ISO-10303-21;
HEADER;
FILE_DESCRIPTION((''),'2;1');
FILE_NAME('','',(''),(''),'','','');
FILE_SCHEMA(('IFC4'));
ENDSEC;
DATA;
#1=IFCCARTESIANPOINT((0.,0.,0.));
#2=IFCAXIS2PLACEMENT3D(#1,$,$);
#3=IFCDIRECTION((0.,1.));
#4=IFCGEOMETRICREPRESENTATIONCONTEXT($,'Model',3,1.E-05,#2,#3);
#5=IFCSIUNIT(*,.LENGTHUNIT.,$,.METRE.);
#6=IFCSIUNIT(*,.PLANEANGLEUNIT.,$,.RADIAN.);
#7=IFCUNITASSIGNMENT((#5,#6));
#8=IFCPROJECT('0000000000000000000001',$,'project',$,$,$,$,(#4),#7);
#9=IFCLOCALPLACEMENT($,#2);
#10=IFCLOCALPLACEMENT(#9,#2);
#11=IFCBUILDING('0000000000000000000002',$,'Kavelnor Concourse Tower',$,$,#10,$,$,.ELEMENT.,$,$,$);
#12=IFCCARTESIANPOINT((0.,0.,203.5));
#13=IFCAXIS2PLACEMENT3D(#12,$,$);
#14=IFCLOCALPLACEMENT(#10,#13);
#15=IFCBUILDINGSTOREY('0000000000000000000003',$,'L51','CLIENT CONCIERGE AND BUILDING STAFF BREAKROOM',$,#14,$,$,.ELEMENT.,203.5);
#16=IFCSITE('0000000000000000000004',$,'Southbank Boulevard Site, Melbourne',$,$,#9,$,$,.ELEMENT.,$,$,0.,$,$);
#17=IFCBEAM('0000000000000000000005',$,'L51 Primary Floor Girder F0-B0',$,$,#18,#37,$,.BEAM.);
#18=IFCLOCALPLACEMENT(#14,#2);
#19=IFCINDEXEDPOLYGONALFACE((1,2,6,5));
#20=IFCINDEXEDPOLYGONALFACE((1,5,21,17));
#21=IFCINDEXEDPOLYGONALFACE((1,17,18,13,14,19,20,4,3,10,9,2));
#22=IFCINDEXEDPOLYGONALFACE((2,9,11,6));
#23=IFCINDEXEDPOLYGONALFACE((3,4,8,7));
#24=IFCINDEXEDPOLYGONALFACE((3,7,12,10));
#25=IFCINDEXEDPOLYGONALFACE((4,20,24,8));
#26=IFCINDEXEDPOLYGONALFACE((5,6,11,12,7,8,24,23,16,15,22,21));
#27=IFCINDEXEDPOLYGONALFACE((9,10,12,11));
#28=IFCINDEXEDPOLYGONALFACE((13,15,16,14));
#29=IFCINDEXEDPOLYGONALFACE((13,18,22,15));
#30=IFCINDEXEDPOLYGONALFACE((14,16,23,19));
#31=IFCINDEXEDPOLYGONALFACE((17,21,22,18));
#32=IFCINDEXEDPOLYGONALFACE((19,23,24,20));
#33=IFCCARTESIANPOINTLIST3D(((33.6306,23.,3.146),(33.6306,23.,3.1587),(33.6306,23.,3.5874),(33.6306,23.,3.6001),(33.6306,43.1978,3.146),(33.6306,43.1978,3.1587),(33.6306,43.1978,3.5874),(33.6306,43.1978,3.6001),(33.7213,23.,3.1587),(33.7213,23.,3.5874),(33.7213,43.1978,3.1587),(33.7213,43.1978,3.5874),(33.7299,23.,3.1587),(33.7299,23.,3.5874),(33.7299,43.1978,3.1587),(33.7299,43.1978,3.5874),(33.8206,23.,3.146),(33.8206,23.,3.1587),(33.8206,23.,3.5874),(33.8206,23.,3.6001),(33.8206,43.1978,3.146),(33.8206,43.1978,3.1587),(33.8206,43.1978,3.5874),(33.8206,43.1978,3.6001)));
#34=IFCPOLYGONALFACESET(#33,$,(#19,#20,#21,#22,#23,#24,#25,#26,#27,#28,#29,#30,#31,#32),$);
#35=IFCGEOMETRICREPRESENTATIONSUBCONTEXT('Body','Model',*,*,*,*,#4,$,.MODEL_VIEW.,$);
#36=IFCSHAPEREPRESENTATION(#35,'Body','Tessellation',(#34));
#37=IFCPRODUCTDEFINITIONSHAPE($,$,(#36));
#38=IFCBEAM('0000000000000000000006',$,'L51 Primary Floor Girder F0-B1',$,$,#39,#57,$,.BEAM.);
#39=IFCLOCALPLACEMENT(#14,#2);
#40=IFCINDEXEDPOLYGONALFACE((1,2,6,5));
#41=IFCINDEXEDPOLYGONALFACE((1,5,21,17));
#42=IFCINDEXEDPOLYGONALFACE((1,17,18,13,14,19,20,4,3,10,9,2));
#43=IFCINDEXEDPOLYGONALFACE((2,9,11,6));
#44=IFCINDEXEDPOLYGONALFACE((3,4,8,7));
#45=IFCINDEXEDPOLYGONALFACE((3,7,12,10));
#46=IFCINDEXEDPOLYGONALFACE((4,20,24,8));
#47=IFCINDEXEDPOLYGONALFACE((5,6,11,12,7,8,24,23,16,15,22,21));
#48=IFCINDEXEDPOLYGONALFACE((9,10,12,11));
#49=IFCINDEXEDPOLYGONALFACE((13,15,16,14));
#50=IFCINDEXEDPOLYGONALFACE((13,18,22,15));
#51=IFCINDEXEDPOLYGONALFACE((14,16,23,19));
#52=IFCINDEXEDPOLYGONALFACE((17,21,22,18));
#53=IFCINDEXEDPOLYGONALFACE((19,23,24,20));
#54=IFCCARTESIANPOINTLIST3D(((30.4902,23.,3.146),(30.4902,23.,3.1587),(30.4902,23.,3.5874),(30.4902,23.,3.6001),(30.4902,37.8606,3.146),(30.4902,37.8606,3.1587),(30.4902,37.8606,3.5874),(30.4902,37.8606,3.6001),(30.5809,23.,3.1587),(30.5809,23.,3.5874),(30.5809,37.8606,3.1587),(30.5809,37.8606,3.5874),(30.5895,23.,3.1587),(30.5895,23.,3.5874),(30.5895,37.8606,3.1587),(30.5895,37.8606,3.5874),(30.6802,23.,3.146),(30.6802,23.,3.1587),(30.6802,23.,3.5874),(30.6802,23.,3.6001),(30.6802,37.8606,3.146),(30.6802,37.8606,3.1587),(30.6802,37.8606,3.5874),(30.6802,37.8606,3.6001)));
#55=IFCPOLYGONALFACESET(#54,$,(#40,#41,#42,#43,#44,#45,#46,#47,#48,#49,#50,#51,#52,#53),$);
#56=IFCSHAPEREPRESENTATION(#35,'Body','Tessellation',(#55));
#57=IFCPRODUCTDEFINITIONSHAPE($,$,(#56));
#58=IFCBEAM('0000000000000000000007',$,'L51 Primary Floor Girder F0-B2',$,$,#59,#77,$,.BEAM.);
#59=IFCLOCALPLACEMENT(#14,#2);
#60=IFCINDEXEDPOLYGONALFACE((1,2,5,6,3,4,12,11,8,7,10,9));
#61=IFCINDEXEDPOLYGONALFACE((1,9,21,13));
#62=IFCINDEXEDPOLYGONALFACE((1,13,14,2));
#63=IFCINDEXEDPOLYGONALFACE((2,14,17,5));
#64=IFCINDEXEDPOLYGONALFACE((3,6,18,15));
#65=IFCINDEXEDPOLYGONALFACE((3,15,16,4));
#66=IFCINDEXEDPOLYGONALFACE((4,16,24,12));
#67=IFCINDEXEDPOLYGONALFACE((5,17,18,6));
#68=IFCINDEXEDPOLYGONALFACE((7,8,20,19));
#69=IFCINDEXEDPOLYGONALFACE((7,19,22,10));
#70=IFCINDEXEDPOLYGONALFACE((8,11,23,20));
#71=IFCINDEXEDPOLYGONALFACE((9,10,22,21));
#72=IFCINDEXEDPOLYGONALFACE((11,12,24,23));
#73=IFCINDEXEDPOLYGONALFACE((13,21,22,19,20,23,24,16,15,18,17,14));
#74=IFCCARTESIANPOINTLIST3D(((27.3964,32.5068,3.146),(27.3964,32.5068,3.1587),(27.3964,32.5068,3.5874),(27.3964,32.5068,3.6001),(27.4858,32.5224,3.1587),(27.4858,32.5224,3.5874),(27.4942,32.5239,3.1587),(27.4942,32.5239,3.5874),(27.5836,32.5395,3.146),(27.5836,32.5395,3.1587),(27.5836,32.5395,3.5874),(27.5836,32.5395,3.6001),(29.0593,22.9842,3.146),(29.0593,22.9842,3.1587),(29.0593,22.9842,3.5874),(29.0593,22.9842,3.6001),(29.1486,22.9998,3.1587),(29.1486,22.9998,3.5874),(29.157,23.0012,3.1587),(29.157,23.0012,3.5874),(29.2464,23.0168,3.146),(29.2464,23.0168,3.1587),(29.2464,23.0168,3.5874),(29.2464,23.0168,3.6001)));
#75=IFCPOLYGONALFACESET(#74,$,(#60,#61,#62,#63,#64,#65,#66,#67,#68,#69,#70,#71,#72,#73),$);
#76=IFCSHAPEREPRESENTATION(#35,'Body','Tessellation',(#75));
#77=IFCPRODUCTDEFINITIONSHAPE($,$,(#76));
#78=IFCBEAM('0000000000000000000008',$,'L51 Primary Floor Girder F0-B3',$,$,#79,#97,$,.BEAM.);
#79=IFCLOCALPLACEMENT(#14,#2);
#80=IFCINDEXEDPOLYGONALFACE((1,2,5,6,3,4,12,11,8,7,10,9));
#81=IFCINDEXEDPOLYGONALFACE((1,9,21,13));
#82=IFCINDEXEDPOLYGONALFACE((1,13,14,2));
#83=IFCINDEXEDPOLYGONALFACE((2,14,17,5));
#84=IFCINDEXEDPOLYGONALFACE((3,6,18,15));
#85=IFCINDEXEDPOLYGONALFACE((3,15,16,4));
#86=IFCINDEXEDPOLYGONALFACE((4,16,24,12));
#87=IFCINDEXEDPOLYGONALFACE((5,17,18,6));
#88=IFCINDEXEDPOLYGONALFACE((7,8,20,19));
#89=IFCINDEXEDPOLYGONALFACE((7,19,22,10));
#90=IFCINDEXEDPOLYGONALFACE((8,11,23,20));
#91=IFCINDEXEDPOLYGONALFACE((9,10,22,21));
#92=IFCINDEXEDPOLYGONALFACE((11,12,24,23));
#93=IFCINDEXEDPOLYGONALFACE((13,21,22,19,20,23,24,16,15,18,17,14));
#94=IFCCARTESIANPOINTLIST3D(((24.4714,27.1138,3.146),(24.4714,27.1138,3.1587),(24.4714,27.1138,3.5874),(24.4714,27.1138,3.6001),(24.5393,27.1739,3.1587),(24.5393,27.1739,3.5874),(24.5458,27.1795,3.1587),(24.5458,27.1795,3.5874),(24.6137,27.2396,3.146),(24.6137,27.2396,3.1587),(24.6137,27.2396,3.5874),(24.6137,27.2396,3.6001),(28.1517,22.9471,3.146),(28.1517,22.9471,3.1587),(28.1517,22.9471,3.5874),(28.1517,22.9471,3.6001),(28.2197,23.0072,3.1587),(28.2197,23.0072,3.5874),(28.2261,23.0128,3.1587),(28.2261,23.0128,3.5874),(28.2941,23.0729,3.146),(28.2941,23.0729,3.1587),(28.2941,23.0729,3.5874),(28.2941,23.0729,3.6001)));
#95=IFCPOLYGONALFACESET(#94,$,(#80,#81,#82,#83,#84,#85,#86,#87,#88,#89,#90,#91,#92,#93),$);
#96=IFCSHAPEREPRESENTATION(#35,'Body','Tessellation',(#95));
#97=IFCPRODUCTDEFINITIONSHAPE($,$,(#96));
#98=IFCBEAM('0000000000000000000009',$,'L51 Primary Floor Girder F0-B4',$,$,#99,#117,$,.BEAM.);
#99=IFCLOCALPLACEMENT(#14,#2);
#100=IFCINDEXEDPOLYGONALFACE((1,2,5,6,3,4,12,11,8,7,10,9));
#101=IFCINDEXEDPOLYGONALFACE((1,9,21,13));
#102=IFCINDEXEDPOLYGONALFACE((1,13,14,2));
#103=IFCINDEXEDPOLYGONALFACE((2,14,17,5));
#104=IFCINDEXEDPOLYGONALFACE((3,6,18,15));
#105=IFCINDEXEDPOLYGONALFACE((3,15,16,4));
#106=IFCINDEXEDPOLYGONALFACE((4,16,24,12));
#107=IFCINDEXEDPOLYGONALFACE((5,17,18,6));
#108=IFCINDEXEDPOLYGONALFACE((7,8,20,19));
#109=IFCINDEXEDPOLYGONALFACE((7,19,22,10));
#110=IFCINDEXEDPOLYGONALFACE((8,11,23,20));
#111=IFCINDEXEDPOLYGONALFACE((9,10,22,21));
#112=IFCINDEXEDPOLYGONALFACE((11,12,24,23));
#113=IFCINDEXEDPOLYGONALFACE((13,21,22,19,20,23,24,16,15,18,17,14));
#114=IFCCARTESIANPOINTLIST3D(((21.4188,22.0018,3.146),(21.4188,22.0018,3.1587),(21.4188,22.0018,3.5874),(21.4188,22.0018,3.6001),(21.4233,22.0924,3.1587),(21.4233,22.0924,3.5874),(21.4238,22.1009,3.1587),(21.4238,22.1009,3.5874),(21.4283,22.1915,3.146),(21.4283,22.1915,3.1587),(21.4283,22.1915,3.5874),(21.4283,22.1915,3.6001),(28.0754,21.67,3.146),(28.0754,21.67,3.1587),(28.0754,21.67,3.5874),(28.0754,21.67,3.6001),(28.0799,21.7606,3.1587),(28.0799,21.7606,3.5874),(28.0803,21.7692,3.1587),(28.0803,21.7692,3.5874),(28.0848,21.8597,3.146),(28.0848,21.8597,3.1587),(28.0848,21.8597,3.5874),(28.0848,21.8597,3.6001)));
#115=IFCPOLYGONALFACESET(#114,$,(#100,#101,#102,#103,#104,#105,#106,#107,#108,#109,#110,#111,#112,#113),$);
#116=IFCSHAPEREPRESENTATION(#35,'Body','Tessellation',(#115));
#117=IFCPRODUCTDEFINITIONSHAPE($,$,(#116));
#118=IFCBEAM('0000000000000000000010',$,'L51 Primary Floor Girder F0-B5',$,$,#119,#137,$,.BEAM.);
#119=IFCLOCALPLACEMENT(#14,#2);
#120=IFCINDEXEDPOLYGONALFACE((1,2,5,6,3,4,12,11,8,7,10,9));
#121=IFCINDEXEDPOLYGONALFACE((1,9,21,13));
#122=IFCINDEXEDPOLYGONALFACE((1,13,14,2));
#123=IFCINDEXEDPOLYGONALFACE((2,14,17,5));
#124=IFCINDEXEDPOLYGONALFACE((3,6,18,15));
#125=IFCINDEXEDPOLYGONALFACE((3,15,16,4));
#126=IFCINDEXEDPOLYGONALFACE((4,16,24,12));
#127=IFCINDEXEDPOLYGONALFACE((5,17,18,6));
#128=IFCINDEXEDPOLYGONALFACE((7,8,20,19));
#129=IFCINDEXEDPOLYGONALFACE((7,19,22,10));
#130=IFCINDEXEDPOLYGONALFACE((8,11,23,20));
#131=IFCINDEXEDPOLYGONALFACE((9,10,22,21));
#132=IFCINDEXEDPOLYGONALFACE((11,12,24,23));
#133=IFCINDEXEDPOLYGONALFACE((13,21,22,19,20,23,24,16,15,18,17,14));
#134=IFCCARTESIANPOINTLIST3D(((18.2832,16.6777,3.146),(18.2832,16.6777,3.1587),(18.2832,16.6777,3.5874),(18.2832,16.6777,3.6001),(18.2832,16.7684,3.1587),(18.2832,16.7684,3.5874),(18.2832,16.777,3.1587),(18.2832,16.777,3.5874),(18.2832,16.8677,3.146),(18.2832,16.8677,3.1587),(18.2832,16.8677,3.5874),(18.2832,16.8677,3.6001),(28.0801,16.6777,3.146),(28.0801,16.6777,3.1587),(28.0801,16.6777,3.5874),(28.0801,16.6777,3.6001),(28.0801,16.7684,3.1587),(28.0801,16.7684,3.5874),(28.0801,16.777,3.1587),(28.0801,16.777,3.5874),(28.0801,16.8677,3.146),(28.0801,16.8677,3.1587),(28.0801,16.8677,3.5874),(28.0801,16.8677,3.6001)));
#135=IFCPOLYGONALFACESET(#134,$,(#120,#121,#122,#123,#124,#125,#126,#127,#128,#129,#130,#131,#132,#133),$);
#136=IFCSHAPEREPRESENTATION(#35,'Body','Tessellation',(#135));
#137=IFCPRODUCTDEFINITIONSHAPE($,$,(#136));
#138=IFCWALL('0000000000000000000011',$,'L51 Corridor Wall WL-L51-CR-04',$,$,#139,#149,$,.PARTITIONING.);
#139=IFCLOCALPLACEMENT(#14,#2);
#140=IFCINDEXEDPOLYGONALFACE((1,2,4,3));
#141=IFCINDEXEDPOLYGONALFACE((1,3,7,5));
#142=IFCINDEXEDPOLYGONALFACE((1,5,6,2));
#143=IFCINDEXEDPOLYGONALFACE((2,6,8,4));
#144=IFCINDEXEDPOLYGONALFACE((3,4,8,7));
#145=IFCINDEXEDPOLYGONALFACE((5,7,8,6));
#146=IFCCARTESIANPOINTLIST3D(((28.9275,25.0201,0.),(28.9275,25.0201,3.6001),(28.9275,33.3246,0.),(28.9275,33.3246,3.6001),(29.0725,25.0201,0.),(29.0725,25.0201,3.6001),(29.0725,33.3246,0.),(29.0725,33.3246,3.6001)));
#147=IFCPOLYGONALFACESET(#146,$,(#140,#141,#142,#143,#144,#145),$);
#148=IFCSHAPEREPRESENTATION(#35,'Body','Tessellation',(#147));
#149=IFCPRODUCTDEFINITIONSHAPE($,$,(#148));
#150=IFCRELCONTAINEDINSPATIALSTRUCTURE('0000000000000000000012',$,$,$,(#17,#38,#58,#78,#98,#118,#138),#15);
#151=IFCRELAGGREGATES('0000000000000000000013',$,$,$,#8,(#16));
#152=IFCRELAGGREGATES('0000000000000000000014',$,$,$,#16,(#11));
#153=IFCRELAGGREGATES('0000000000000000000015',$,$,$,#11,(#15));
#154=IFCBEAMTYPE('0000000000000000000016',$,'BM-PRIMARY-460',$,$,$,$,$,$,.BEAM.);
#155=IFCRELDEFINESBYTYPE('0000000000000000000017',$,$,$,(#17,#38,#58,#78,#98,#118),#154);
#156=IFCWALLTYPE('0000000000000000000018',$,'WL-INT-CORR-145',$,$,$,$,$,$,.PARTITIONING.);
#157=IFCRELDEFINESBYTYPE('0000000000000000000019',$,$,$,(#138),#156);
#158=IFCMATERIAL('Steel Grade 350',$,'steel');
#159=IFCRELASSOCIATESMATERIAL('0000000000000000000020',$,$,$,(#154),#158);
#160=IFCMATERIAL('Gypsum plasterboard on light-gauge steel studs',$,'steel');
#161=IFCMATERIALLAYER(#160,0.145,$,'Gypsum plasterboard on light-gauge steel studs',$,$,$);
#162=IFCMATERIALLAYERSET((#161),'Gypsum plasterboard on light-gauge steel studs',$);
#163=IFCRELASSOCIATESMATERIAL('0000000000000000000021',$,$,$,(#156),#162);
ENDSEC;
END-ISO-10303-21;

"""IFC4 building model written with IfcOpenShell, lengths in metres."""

from ifc_helpers import new_model, si_unit, direction, frame, frame_2d, origin, origin_2d, place, context, subcontext, project, spatial, rectangle, i_section, extrude, material, layer, layer_set, material_profile, profile_set, type_object, element, save


model = new_model("IFC4")

# Units and contexts
model_context = context("Model", 3, precision=1e-05, world=origin(), true_north=direction((0.0, 1.0)))
body_context = subcontext(model_context, "Body", "Model", "MODEL_VIEW")
ifc_project = project(units=[si_unit("LENGTHUNIT", "METRE"), si_unit("PLANEANGLEUNIT", "RADIAN")], contexts=[model_context])

# Site, building, storey
site_placement = place(None, origin())
site = spatial("IfcSite", under=ifc_project, at=site_placement, Name="Southbank Boulevard Site, Melbourne", CompositionType="ELEMENT", RefElevation=0.0)
building_placement = place(site_placement, origin())
building = spatial("IfcBuilding", under=site, at=building_placement, Name="Kavelnor Concourse Tower", CompositionType="ELEMENT")
storey_placement = place(building_placement, frame((0.0, 0.0, 203.5)))
storey = spatial("IfcBuildingStorey", under=building, at=storey_placement, Name="L51", Description="CLIENT CONCIERGE AND BUILDING STAFF BREAKROOM", CompositionType="ELEMENT", Elevation=203.5)

# Beams
ifc_material_1 = material(Name="Steel Grade 350", Category="steel")
ifc_material_profile = material_profile(ifc_material_1, i_section(OverallWidth=0.1899, OverallDepth=0.4541, WebThickness=0.0085, FlangeThickness=0.0127, at=origin_2d()), Name="460UB67")
ifc_profile_set = profile_set([ifc_material_profile], Name="Steel Grade 350")
beam_type = type_object("IfcBeamType", Name="BM-PRIMARY-460", PredefinedType="BEAM", material=ifc_profile_set)
beam_1_placement = place(storey_placement, frame((33.7256, 23.0, 3.373), z_axis=(0.0, 1.0, 0.0), x_axis=(-1.0, 0.0, 0.0)))
element("IfcBeam", 1, at=beam_1_placement, inside=storey, type_object=beam_type, Name="L51 Primary Floor Girder F0-B0", PredefinedType="BEAM", context=body_context, shape_type="SweptSolid", body=[
    extrude(i_section(OverallWidth=0.1899, OverallDepth=0.4541, WebThickness=0.0085, FlangeThickness=0.0127, at=origin_2d()), origin(), (0.0, 0.0, 1.0), 20.1978),
])
beam_2_placement = place(storey_placement, frame((30.5852, 23.0, 3.373), z_axis=(0.0, 1.0, 0.0), x_axis=(-1.0, 0.0, 0.0)))
element("IfcBeam", 2, at=beam_2_placement, inside=storey, type_object=beam_type, Name="L51 Primary Floor Girder F0-B1", PredefinedType="BEAM", context=body_context, shape_type="SweptSolid", body=[
    extrude(i_section(OverallWidth=0.1899, OverallDepth=0.4541, WebThickness=0.0085, FlangeThickness=0.0127, at=origin_2d()), origin(), (0.0, 0.0, 1.0), 14.8606),
])
beam_3_placement = place(storey_placement, frame((29.1528, 23.0005, 3.373), z_axis=(-0.172016, 0.985094, 0.0), x_axis=(-0.985094, -0.172016, 0.0)))
element("IfcBeam", 3, at=beam_3_placement, inside=storey, type_object=beam_type, Name="L51 Primary Floor Girder F0-B2", PredefinedType="BEAM", context=body_context, shape_type="SweptSolid", body=[
    extrude(i_section(OverallWidth=0.1899, OverallDepth=0.4541, WebThickness=0.0085, FlangeThickness=0.0127, at=origin_2d()), origin(), (0.0, 0.0, 1.0), 9.6667),
])
beam_4_placement = place(storey_placement, frame((28.2229, 23.01, 3.373), z_axis=(-0.662014, 0.749492, 0.0), x_axis=(-0.749492, -0.662014, 0.0)))
element("IfcBeam", 4, at=beam_4_placement, inside=storey, type_object=beam_type, Name="L51 Primary Floor Girder F0-B3", PredefinedType="BEAM", context=body_context, shape_type="SweptSolid", body=[
    extrude(i_section(OverallWidth=0.1899, OverallDepth=0.4541, WebThickness=0.0085, FlangeThickness=0.0127, at=origin_2d()), origin(), (0.0, 0.0, 1.0), 5.5593),
])
beam_5_placement = place(storey_placement, frame((28.0801, 21.7649, 3.373), z_axis=(-0.99876, 0.049782, 0.0), x_axis=(-0.049782, -0.99876, 0.0)))
element("IfcBeam", 5, at=beam_5_placement, inside=storey, type_object=beam_type, Name="L51 Primary Floor Girder F0-B4", PredefinedType="BEAM", context=body_context, shape_type="SweptSolid", body=[
    extrude(i_section(OverallWidth=0.1899, OverallDepth=0.4541, WebThickness=0.0085, FlangeThickness=0.0127, at=origin_2d()), origin(), (0.0, 0.0, 1.0), 6.6648),
])
beam_6_placement = place(storey_placement, frame((28.0801, 16.7727, 3.373), z_axis=(-1.0, 0.0, 0.0), x_axis=(0.0, -1.0, 0.0)))
element("IfcBeam", 6, at=beam_6_placement, inside=storey, type_object=beam_type, Name="L51 Primary Floor Girder F0-B5", PredefinedType="BEAM", context=body_context, shape_type="SweptSolid", body=[
    extrude(i_section(OverallWidth=0.1899, OverallDepth=0.4541, WebThickness=0.0085, FlangeThickness=0.0127, at=origin_2d()), origin(), (0.0, 0.0, 1.0), 9.7969),
])

# Wall
ifc_material_2 = material(Name="Gypsum plasterboard on light-gauge steel studs", Category="steel")
ifc_layer_1 = layer(ifc_material_2, 0.145, Name="Gypsum plasterboard on light-gauge steel studs")
ifc_layer_set_1 = layer_set([ifc_layer_1], Name="Gypsum plasterboard on light-gauge steel studs")
wall_type_1 = type_object("IfcWallType", Name="WL-INT-CORR-145", PredefinedType="PARTITIONING", material=ifc_layer_set_1)
wall_1_placement = place(storey_placement, frame((29.0, 25.02, 0.0), z_axis=(0.0, 0.0, 1.0), x_axis=(0.0, 1.0, 0.0)))
element("IfcWall", 7, at=wall_1_placement, inside=storey, type_object=wall_type_1, Name="L51 Corridor Wall WL-L51-CR-04", PredefinedType="PARTITIONING", context=body_context, shape_type="SweptSolid", body=[
    extrude(rectangle(XDim=8.3044, YDim=0.145, at=frame_2d((4.1523, 0.0))), origin(), (0.0, 0.0, 1.0), 3.6001),
])

save(model, "model.ifc")
